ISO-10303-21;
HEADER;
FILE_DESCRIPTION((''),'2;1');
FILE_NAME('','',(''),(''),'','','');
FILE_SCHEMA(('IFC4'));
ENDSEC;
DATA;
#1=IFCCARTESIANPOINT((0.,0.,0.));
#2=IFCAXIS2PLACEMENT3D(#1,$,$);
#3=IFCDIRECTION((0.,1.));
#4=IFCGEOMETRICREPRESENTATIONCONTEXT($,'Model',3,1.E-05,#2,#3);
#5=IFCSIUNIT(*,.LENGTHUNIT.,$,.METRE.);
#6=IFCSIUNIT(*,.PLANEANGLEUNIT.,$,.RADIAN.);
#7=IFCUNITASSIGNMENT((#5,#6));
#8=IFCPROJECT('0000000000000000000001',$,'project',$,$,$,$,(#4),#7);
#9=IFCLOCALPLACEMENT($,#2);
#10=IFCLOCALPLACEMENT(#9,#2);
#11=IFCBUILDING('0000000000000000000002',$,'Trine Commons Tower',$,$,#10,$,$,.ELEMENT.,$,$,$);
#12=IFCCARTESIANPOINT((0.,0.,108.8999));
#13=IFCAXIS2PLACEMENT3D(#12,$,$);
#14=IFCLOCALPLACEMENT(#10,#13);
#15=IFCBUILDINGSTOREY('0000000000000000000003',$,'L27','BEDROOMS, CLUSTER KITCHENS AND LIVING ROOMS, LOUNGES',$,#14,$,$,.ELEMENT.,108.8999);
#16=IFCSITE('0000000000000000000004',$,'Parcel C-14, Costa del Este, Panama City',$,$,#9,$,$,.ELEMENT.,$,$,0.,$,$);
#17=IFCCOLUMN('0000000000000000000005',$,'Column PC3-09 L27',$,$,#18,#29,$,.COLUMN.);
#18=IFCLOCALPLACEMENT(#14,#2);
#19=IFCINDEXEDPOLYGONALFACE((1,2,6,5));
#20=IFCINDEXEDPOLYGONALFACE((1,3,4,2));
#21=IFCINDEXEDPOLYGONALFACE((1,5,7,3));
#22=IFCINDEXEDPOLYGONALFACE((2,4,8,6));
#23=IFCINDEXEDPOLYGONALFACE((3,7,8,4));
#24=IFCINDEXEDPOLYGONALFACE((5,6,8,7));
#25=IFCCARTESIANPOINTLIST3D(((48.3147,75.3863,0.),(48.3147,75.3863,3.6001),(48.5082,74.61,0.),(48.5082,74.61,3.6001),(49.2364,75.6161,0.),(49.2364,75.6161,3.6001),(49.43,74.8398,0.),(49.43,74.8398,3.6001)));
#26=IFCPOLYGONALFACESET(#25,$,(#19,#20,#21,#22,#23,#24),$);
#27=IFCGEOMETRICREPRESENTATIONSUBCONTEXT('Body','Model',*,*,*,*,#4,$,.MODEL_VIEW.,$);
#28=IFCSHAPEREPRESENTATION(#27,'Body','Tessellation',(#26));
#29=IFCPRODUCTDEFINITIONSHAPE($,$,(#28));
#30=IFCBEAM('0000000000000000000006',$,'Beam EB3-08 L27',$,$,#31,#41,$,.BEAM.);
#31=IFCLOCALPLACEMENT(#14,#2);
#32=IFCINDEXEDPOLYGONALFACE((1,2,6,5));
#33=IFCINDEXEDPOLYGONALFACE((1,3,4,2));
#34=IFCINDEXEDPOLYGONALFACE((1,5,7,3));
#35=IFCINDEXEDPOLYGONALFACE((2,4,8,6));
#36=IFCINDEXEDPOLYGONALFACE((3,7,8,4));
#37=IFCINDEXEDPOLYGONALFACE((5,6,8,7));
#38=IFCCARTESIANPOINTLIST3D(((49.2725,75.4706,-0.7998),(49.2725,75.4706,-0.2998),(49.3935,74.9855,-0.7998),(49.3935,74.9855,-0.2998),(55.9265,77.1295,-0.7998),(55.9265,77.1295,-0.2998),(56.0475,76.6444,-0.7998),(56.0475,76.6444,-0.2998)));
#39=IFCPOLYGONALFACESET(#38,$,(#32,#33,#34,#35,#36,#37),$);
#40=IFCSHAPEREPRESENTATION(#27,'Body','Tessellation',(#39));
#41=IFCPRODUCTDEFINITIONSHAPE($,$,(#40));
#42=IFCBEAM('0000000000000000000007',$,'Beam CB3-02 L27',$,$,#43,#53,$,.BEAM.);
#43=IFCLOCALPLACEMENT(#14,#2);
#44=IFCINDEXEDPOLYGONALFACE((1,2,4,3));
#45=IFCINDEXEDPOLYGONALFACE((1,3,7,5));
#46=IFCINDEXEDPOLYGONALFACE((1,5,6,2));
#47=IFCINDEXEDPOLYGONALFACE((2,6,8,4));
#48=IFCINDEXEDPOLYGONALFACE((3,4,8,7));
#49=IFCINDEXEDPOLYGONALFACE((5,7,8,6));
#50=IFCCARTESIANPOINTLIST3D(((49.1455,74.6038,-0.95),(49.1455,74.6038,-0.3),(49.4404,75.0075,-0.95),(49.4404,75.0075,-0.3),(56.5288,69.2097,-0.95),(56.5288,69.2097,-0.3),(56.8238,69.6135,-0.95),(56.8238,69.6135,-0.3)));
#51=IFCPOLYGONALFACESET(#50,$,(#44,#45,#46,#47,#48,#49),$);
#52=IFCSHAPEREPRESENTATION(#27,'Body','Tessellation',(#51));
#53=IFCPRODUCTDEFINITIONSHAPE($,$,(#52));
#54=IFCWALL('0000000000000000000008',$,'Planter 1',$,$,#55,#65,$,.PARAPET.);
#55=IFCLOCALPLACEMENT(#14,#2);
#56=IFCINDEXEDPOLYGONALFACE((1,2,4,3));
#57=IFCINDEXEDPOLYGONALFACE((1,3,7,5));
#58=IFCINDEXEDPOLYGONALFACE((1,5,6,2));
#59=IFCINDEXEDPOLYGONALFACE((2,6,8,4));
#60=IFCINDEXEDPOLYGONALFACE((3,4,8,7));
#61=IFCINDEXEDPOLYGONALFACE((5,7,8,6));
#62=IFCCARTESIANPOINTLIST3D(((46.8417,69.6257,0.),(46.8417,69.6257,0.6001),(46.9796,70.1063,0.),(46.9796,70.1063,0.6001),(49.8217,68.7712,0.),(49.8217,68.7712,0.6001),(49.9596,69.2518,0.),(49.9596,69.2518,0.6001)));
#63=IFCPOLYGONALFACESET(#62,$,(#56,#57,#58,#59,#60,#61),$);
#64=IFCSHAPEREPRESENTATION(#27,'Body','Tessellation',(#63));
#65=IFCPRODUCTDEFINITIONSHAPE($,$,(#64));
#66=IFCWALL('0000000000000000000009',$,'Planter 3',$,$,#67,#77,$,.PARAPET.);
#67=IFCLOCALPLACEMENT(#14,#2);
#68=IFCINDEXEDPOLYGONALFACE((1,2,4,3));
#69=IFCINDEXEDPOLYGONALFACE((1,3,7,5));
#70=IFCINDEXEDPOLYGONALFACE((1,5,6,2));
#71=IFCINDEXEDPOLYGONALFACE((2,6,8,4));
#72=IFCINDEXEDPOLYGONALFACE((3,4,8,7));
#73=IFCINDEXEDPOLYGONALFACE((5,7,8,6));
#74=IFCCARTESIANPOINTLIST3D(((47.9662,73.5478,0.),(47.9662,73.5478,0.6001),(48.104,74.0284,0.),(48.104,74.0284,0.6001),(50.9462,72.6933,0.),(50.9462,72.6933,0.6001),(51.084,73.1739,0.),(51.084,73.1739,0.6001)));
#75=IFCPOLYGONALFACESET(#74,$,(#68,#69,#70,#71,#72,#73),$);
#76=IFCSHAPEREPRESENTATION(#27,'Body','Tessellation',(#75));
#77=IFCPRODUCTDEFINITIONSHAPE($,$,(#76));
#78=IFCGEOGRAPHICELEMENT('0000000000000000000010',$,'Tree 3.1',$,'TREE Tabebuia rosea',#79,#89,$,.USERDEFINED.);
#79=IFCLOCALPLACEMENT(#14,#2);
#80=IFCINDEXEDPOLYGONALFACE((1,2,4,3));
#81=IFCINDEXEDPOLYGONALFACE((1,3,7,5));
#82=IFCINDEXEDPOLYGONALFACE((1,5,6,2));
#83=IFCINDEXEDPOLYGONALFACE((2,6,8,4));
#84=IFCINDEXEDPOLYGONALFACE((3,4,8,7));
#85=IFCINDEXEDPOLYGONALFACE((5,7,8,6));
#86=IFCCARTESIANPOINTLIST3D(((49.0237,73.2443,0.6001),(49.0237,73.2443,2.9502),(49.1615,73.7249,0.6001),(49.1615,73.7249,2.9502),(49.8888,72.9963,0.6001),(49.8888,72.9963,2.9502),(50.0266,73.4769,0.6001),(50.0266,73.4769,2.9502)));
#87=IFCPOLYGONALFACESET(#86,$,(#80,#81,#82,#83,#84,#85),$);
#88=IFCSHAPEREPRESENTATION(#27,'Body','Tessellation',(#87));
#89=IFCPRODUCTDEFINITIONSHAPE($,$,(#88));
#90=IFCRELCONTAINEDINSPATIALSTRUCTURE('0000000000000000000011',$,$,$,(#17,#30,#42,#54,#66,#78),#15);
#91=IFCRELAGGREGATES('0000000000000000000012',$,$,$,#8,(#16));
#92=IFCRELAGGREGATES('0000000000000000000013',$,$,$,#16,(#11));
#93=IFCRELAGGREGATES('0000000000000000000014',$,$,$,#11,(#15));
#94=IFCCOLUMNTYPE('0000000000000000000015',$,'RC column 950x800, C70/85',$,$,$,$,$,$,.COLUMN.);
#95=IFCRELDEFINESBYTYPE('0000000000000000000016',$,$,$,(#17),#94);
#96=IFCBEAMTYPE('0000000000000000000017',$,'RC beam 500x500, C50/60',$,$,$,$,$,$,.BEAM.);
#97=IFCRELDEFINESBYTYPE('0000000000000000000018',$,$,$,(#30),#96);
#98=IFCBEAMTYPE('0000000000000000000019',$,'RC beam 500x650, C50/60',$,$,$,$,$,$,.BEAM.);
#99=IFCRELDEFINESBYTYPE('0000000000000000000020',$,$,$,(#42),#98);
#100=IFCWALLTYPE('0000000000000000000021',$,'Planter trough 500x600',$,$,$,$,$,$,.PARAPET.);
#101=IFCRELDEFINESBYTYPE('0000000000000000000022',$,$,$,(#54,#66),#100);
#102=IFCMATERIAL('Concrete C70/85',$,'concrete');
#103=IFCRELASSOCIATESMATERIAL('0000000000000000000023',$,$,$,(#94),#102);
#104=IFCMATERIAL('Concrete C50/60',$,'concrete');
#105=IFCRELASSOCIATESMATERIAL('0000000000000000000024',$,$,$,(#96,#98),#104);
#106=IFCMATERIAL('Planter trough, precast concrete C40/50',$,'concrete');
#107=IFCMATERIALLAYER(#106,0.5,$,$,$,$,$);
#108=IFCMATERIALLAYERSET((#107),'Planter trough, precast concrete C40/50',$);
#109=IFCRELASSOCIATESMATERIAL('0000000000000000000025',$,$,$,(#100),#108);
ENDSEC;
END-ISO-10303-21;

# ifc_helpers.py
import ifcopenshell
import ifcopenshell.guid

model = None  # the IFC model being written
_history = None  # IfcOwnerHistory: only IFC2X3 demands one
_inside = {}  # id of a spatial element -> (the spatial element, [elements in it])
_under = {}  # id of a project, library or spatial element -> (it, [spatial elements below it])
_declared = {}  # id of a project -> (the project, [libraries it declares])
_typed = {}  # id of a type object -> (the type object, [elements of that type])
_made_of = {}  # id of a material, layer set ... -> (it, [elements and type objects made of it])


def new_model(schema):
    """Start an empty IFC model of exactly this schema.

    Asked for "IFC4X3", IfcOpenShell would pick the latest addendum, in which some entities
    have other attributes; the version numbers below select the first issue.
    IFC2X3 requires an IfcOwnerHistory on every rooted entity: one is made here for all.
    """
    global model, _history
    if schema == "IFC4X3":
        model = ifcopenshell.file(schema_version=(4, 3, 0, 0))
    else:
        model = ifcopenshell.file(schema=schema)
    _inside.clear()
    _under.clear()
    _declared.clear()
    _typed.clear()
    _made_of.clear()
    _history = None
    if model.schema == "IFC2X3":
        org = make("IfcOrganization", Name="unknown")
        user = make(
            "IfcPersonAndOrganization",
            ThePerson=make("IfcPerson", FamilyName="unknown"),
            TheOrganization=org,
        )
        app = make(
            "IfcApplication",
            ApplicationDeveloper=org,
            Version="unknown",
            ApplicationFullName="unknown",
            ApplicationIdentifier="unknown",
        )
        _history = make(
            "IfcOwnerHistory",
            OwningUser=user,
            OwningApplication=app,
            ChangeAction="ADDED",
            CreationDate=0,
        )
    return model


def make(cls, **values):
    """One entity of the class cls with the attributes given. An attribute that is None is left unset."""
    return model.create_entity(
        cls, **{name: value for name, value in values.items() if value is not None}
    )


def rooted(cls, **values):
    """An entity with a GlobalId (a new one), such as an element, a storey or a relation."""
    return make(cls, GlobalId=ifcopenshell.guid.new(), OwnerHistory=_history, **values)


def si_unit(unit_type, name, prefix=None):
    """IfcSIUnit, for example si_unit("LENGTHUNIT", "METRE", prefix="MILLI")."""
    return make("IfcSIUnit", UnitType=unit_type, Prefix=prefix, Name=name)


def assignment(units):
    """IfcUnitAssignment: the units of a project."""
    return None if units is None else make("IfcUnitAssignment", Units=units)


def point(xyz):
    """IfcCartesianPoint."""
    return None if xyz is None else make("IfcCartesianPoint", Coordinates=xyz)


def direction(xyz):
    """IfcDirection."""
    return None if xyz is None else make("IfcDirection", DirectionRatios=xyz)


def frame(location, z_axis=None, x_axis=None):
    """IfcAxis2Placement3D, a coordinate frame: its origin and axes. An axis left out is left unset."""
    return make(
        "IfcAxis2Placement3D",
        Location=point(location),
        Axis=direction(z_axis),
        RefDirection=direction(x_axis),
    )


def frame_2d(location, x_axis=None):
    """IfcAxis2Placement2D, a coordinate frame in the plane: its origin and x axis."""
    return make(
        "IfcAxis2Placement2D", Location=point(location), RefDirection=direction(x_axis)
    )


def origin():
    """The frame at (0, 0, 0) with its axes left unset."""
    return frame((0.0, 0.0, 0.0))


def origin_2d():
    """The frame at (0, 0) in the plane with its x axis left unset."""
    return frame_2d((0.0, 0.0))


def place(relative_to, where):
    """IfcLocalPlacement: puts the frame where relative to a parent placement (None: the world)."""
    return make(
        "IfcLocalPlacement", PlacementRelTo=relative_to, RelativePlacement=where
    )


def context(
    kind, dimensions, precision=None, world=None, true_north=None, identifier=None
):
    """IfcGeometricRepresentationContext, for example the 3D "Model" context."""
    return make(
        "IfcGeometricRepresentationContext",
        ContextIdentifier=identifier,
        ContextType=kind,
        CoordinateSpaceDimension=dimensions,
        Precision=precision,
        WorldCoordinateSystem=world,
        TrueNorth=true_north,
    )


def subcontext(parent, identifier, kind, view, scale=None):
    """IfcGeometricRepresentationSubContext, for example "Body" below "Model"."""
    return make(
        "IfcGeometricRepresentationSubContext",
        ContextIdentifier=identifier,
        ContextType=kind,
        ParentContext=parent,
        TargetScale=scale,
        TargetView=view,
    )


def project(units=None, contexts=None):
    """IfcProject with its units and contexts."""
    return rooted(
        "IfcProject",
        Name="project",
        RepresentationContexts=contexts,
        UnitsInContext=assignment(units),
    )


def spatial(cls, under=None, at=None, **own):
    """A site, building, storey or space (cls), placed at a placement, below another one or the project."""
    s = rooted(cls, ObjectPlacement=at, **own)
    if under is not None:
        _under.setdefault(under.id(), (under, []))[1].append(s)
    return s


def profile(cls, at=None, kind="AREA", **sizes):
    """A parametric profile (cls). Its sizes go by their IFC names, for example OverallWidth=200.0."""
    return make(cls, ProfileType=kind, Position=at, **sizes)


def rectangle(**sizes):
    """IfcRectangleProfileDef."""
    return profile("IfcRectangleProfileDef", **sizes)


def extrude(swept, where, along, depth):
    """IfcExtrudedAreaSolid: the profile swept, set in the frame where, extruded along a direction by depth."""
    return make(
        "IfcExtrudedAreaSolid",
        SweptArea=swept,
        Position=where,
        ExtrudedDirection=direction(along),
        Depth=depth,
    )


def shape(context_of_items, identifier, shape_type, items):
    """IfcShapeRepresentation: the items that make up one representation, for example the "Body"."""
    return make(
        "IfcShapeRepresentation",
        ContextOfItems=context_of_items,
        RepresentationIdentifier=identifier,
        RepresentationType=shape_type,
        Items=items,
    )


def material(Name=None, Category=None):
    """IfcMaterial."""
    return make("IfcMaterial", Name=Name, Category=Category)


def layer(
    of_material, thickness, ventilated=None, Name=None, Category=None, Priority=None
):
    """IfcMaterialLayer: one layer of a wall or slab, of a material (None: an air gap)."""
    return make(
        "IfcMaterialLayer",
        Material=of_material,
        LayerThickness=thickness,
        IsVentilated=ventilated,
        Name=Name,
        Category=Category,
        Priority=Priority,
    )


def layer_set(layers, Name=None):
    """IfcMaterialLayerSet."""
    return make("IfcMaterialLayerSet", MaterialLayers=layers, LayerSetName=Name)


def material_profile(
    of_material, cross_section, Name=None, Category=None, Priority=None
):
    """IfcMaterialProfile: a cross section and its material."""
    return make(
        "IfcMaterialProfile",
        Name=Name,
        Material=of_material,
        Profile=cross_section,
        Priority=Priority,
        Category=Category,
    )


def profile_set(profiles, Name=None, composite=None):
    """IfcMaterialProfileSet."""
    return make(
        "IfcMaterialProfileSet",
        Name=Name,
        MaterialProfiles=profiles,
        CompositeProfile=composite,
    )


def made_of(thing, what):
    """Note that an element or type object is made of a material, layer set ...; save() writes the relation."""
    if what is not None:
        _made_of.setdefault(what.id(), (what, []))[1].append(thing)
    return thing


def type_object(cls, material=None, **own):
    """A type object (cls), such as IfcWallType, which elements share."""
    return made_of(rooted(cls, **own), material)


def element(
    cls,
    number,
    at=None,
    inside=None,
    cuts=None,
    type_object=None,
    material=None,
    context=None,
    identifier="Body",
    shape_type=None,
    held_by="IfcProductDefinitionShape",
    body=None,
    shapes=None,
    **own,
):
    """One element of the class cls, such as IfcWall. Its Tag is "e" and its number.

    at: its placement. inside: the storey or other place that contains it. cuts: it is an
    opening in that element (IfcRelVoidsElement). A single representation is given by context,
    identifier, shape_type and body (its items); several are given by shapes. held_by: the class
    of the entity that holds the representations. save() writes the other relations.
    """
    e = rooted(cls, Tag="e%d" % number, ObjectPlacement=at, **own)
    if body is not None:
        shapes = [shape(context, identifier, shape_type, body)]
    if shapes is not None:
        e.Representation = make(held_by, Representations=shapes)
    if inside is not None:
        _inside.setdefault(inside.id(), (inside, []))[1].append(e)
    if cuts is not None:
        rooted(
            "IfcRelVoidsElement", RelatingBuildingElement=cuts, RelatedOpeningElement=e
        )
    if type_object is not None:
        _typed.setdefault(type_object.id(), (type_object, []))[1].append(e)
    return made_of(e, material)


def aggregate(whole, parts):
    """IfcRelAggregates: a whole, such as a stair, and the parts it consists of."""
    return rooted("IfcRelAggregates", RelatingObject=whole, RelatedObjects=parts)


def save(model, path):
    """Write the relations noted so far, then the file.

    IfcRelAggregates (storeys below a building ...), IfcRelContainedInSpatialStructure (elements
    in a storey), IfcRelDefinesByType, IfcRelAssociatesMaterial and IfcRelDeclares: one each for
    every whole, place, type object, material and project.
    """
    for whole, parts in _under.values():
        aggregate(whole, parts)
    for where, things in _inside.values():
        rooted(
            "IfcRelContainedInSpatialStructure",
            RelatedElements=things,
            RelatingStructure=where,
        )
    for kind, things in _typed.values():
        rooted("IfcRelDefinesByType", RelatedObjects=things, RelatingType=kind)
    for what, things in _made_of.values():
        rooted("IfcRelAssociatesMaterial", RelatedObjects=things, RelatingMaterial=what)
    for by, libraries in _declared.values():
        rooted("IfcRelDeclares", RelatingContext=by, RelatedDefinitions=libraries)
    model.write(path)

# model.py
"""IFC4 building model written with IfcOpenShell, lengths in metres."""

from ifc_helpers import new_model, si_unit, direction, frame, frame_2d, origin, origin_2d, place, context, subcontext, project, spatial, rectangle, extrude, material, layer, layer_set, material_profile, profile_set, type_object, element, save


model = new_model("IFC4")

# Units and contexts
model_context = context("Model", 3, precision=1e-05, world=origin(), true_north=direction((0.0, 1.0)))
body_context = subcontext(model_context, "Body", "Model", "MODEL_VIEW")
ifc_project = project(units=[si_unit("LENGTHUNIT", "METRE"), si_unit("PLANEANGLEUNIT", "RADIAN")], contexts=[model_context])

# Site, building, storey
site_placement = place(None, origin())
site = spatial("IfcSite", under=ifc_project, at=site_placement, Name="Parcel C-14, Costa del Este, Panama City", CompositionType="ELEMENT", RefElevation=0.0)
building_placement = place(site_placement, origin())
building = spatial("IfcBuilding", under=site, at=building_placement, Name="Trine Commons Tower", CompositionType="ELEMENT")
storey_placement = place(building_placement, frame((0.0, 0.0, 108.8999)))
storey = spatial("IfcBuildingStorey", under=building, at=storey_placement, Name="L27", Description="BEDROOMS, CLUSTER KITCHENS AND LIVING ROOMS, LOUNGES", CompositionType="ELEMENT", Elevation=108.8999)

# Column
ifc_material_1 = material(Name="Concrete C70/85", Category="concrete")
ifc_material_profile_1 = material_profile(ifc_material_1, rectangle(XDim=0.95, YDim=0.8, at=origin_2d()), Name="RC 950x800")
ifc_profile_set_1 = profile_set([ifc_material_profile_1], Name="Concrete C70/85")
column_type = type_object("IfcColumnType", Name="RC column 950x800, C70/85", PredefinedType="COLUMN", material=ifc_profile_set_1)
column_placement = place(storey_placement, frame((48.8723, 75.113, 0.0), z_axis=(0.0, 0.0, 1.0), x_axis=(0.970296, 0.241922, 0.0)))
element("IfcColumn", 1, at=column_placement, inside=storey, type_object=column_type, Name="Column PC3-09 L27", PredefinedType="COLUMN", context=body_context, shape_type="SweptSolid", body=[
    extrude(rectangle(XDim=0.95, YDim=0.8, at=origin_2d()), origin(), (0.0, 0.0, 1.0), 3.6001),
])

# Beams
ifc_material_2 = material(Name="Concrete C50/60", Category="concrete")
ifc_material_profile_2 = material_profile(ifc_material_2, rectangle(XDim=0.5, YDim=0.5, at=origin_2d()), Name="RC 500x500")
ifc_profile_set_2 = profile_set([ifc_material_profile_2], Name="Concrete C50/60")
beam_type_1 = type_object("IfcBeamType", Name="RC beam 500x500, C50/60", PredefinedType="BEAM", material=ifc_profile_set_2)
beam_1_placement = place(storey_placement, frame((49.333, 75.228, -0.5498), z_axis=(0.970299, 0.241907, 0.0), x_axis=(-0.241907, 0.970299, 0.0)))
element("IfcBeam", 2, at=beam_1_placement, inside=storey, type_object=beam_type_1, Name="Beam EB3-08 L27", PredefinedType="BEAM", context=body_context, shape_type="SweptSolid", body=[
    extrude(rectangle(XDim=0.5, YDim=0.5, at=origin_2d()), origin(), (0.0, 0.0, 1.0), 6.8577),
])
ifc_material_profile_3 = material_profile(ifc_material_2, rectangle(XDim=0.5, YDim=0.6499, at=origin_2d()), Name="RC 500x650")
ifc_profile_set_3 = profile_set([ifc_material_profile_3], Name="Concrete C50/60")
beam_type_2 = type_object("IfcBeamType", Name="RC beam 500x650, C50/60", PredefinedType="BEAM", material=ifc_profile_set_3)
beam_2_placement = place(storey_placement, frame((49.293, 74.8057, -0.625), z_axis=(0.807466, -0.589913, 0.0), x_axis=(0.589913, 0.807466, 0.0)))
element("IfcBeam", 3, at=beam_2_placement, inside=storey, type_object=beam_type_2, Name="Beam CB3-02 L27", PredefinedType="BEAM", context=body_context, shape_type="SweptSolid", body=[
    extrude(rectangle(XDim=0.5, YDim=0.6499, at=origin_2d()), origin(), (0.0, 0.0, 1.0), 9.1438),
])

# Walls
ifc_material_3 = material(Name="Planter trough, precast concrete C40/50", Category="concrete")
ifc_layer = layer(ifc_material_3, 0.5)
ifc_layer_set = layer_set([ifc_layer], Name="Planter trough, precast concrete C40/50")
wall_type = type_object("IfcWallType", Name="Planter trough 500x600", PredefinedType="PARAPET", material=ifc_layer_set)
for number, where, z_axis, x_axis, name in (
    (4, (46.9106, 69.866, 0.0), (0.0, 0.0, 1.0), (0.961262, -0.275636, 0.0), "Planter 1"),
    (5, (51.0151, 72.9336, 0.0), (0.0, 0.0, 1.0), (-0.961262, 0.275636, 0.0), "Planter 3"),
):
    element("IfcWall", number, at=place(storey_placement, frame(where, z_axis=z_axis, x_axis=x_axis)), inside=storey, type_object=wall_type, Name=name, PredefinedType="PARAPET", context=body_context, shape_type="SweptSolid", body=[
        extrude(rectangle(XDim=3.1001, YDim=0.5, at=frame_2d((1.55, 0.0))), origin(), (0.0, 0.0, 1.0), 0.6001),
    ])

# Geographic element
geographic_element_placement = place(storey_placement, frame((49.5251, 73.3606, 0.6001), z_axis=(0.0, 0.0, 1.0), x_axis=(-0.961263, 0.275634, 0.0)))
element("IfcGeographicElement", 6, at=geographic_element_placement, inside=storey, Name="Tree 3.1", ObjectType="TREE Tabebuia rosea", PredefinedType="USERDEFINED", context=body_context, shape_type="SweptSolid", body=[
    extrude(rectangle(XDim=0.8999, YDim=0.5, at=origin_2d()), origin(), (0.0, 0.0, 1.0), 2.3501),
])

save(model, "model.ifc")
